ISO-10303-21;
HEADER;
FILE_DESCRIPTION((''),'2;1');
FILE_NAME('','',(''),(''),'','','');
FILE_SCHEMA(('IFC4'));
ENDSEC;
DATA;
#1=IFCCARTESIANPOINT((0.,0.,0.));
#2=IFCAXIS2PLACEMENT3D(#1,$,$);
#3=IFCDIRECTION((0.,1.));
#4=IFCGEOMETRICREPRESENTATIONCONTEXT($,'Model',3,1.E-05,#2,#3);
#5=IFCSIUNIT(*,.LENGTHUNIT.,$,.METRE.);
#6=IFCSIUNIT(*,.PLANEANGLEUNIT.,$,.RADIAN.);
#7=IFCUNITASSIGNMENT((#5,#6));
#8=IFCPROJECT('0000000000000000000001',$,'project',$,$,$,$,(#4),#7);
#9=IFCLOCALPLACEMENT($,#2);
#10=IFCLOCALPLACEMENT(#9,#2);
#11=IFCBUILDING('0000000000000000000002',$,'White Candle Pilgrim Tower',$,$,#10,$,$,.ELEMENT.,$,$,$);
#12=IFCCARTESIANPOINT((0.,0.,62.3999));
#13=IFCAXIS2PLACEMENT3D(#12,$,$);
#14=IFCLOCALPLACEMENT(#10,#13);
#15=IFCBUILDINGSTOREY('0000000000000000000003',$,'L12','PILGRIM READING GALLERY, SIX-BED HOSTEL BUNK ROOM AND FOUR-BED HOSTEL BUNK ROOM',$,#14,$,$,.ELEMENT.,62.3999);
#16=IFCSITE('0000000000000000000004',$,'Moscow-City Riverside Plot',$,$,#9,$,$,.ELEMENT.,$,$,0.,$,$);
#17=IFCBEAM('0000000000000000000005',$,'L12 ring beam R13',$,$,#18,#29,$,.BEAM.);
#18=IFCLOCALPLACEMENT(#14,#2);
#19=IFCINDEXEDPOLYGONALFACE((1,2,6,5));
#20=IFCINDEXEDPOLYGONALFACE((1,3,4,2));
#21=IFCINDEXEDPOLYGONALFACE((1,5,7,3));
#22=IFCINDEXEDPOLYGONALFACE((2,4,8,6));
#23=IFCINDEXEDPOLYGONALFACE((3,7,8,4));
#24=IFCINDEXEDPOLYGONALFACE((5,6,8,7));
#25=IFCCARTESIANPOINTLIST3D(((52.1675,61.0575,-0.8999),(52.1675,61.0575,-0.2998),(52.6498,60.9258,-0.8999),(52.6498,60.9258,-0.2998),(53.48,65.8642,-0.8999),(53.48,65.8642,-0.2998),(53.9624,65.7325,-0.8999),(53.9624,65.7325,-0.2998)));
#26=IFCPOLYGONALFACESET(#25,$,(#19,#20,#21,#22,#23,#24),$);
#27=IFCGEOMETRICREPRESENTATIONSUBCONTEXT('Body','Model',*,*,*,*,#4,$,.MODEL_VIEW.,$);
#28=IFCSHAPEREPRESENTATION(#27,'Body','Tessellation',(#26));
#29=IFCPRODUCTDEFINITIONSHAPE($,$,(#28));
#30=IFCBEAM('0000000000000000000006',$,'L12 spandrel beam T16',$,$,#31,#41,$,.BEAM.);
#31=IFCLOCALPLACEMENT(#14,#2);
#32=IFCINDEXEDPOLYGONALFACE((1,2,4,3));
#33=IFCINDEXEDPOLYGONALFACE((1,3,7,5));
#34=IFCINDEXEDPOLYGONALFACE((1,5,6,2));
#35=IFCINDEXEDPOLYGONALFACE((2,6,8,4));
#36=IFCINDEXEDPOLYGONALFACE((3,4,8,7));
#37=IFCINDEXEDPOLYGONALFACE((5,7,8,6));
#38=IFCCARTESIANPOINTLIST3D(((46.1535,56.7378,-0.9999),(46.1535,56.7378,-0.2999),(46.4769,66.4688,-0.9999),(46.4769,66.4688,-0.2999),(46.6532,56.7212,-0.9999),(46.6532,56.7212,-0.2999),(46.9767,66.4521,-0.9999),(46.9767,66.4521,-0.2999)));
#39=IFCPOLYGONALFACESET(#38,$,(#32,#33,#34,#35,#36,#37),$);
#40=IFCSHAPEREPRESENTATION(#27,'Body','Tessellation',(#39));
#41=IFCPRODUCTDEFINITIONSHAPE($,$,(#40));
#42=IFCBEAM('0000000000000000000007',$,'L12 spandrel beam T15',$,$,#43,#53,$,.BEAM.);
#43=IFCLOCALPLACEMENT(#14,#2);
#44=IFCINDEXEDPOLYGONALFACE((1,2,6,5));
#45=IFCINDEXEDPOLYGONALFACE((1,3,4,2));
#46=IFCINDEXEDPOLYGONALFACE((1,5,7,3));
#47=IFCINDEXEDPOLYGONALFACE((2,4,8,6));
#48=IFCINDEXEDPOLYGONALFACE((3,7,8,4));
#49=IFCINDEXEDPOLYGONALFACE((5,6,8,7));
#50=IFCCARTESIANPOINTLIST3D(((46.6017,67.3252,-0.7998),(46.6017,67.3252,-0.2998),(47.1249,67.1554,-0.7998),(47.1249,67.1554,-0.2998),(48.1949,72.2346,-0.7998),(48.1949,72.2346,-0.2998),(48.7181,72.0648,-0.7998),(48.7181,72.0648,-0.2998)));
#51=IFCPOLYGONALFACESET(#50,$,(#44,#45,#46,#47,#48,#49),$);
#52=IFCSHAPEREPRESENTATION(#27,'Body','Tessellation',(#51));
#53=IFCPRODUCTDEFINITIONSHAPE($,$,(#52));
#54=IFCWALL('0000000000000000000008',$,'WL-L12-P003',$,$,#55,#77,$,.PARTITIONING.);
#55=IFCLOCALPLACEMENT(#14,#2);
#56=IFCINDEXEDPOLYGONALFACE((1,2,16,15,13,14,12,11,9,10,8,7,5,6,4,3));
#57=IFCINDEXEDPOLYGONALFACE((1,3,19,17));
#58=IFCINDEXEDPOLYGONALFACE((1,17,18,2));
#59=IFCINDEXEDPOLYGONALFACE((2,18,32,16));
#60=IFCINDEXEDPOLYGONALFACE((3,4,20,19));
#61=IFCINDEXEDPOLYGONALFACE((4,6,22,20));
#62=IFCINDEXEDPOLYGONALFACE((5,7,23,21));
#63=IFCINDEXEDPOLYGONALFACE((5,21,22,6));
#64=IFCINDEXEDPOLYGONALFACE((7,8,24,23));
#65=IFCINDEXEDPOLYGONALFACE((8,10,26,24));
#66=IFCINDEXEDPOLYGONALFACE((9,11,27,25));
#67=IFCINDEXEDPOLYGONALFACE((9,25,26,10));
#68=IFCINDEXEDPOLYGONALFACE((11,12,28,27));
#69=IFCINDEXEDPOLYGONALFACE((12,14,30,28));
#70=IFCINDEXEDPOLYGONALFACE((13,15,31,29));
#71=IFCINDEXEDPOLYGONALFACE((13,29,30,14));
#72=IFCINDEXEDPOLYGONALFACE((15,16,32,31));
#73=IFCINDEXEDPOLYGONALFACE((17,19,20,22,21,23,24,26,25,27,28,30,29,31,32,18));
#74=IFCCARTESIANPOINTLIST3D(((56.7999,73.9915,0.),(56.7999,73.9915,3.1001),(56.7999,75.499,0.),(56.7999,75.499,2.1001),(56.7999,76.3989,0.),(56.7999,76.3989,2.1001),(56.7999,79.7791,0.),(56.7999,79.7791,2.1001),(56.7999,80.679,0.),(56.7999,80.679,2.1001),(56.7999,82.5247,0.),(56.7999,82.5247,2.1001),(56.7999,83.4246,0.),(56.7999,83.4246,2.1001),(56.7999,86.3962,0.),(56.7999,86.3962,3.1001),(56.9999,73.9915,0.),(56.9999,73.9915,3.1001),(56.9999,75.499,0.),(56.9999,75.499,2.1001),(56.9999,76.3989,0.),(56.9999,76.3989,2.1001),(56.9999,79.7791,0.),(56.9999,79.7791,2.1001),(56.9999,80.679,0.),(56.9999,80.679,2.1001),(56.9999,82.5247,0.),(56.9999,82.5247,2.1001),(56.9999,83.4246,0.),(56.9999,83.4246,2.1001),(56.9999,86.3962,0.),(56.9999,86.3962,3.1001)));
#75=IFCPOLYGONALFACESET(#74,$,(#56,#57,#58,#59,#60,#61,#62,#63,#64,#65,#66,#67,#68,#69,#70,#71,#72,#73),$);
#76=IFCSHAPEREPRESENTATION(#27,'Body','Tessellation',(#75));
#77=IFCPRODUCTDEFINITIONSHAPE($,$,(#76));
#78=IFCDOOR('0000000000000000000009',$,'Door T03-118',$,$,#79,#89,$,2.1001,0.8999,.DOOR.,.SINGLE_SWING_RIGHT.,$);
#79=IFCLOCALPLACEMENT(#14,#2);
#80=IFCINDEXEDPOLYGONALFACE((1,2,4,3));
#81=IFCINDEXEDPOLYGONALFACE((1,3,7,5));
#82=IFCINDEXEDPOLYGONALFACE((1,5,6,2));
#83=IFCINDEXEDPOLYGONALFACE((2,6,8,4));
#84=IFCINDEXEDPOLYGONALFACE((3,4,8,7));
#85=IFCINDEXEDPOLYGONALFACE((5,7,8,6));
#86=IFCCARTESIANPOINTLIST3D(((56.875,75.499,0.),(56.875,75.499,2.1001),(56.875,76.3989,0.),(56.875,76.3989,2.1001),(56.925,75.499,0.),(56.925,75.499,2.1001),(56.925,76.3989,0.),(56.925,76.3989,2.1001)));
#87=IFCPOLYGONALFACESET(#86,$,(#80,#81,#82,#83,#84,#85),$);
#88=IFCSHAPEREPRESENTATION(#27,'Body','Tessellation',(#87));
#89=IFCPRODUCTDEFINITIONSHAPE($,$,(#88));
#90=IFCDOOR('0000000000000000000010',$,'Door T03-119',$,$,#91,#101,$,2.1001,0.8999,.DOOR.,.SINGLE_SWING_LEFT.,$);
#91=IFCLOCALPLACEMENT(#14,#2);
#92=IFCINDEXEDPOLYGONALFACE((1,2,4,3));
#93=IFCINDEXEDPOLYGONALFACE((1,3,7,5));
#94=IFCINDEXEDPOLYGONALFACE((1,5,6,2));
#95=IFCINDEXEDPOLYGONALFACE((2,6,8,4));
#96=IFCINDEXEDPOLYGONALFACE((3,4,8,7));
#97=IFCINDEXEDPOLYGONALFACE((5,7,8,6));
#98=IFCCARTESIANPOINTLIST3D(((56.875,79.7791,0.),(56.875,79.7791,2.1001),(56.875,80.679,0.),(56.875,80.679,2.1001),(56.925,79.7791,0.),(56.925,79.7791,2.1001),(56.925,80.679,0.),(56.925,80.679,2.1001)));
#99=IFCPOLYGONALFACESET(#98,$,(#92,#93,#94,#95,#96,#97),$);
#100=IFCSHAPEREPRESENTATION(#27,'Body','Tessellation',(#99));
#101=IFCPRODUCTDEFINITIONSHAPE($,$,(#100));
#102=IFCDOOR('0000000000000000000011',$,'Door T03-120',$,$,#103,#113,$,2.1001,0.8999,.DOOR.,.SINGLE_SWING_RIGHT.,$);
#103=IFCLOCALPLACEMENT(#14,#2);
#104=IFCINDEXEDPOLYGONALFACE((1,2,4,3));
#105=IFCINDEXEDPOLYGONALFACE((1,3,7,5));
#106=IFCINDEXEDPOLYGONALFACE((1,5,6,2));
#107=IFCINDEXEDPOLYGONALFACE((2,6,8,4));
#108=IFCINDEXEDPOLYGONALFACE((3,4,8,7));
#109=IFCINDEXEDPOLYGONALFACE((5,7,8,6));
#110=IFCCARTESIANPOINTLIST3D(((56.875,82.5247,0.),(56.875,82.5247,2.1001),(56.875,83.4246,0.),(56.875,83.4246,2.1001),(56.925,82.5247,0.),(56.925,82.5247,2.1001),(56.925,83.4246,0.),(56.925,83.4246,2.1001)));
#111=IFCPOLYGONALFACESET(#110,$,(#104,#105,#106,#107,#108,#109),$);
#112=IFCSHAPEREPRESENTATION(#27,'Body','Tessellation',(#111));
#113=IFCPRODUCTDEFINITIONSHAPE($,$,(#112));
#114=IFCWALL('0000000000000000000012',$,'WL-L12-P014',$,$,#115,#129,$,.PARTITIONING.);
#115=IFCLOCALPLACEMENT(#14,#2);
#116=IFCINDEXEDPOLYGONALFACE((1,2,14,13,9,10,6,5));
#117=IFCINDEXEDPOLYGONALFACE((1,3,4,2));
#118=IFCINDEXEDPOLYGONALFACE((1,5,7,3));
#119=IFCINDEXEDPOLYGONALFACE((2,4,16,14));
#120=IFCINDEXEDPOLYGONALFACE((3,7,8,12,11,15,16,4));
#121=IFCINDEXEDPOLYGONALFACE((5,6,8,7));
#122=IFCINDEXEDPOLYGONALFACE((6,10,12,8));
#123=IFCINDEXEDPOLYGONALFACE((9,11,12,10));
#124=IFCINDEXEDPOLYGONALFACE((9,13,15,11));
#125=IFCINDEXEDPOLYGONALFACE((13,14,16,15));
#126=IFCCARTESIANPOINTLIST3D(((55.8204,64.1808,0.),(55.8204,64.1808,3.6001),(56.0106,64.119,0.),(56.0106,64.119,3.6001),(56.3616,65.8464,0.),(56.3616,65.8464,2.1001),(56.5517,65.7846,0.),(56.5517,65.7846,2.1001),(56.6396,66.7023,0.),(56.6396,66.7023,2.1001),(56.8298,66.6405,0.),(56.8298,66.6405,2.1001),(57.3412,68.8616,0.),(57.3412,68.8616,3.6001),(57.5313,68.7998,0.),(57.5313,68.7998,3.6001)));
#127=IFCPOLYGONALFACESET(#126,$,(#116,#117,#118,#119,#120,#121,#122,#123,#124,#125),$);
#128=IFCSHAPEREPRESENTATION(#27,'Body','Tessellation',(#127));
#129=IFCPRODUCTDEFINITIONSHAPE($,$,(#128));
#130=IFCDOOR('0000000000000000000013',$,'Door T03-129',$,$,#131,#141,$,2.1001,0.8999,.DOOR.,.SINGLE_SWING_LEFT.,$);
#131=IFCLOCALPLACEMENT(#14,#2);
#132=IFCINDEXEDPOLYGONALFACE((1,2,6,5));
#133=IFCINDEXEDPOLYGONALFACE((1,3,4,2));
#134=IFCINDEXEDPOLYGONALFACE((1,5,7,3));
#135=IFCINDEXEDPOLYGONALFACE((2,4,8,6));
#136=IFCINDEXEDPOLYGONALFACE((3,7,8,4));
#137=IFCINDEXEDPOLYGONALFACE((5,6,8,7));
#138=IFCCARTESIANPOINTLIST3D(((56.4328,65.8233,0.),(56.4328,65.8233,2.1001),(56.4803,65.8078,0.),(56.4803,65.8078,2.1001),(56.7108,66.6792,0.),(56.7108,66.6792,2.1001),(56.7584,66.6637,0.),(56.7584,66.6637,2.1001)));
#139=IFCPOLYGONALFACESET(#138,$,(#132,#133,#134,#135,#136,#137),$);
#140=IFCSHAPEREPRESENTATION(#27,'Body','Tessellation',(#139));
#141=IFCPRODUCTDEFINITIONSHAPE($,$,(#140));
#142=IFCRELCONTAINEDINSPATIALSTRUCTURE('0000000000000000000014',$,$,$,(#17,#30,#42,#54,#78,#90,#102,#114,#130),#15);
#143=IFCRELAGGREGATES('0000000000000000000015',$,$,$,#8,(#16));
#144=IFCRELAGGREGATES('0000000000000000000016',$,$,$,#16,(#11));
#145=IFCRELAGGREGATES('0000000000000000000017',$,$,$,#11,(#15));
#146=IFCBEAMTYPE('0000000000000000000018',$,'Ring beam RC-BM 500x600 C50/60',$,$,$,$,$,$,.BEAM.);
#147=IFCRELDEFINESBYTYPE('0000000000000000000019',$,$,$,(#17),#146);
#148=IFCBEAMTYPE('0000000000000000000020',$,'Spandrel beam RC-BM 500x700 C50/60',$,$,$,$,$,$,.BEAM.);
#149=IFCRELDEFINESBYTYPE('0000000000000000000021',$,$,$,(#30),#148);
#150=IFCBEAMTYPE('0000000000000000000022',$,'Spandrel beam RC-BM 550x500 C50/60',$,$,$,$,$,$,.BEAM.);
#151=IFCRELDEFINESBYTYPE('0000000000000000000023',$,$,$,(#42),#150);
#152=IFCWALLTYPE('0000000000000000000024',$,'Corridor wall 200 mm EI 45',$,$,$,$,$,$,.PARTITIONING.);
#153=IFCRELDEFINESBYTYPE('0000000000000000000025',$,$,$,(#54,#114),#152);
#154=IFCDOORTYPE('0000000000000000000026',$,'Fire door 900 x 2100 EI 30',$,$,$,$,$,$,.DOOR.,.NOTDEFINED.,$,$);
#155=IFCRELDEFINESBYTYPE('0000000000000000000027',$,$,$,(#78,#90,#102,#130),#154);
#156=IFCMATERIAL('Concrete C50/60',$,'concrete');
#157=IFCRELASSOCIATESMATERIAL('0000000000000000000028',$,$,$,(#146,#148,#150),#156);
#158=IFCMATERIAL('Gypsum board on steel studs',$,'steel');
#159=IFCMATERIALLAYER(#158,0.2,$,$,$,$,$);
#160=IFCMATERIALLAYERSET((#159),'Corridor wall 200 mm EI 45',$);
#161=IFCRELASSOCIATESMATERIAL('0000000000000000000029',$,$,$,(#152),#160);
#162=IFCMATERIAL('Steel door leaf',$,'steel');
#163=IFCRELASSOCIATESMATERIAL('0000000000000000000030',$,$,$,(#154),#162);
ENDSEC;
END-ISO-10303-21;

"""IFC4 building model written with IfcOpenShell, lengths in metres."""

from ifc_helpers import new_model, si_unit, direction, frame, frame_2d, origin, origin_2d, place, context, subcontext, project, spatial, rectangle, extrude, material, layer, layer_set, material_profile, profile_set, type_object, element, fill, save


model = new_model("IFC4")

# Units and contexts
model_context = context("Model", 3, precision=1e-05, world=origin(), true_north=direction((0.0, 1.0)))
body_context = subcontext(model_context, "Body", "Model", "MODEL_VIEW")
ifc_project = project(units=[si_unit("LENGTHUNIT", "METRE"), si_unit("PLANEANGLEUNIT", "RADIAN")], contexts=[model_context])

# Site, building, storey
site_placement = place(None, origin())
site = spatial("IfcSite", under=ifc_project, at=site_placement, Name="Moscow-City Riverside Plot", CompositionType="ELEMENT", RefElevation=0.0)
building_placement = place(site_placement, origin())
building = spatial("IfcBuilding", under=site, at=building_placement, Name="White Candle Pilgrim Tower", CompositionType="ELEMENT")
storey_placement = place(building_placement, frame((0.0, 0.0, 62.3999)))
storey = spatial("IfcBuildingStorey", under=building, at=storey_placement, Name="L12", Description="PILGRIM READING GALLERY, SIX-BED HOSTEL BUNK ROOM AND FOUR-BED HOSTEL BUNK ROOM", CompositionType="ELEMENT", Elevation=62.3999)

# Beams
ifc_material_1 = material(Name="Concrete C50/60", Category="concrete")
ifc_material_profile_1 = material_profile(ifc_material_1, rectangle(XDim=0.5, YDim=0.6001, at=origin_2d()), Name="RC-BM 500x600")
ifc_profile_set_1 = profile_set([ifc_material_profile_1], Name="Concrete C50/60")
beam_type_1 = type_object("IfcBeamType", Name="Ring beam RC-BM 500x600 C50/60", PredefinedType="BEAM", material=ifc_profile_set_1)
beam_1_placement = place(storey_placement, frame((53.7212, 65.7983, -0.5999), z_axis=(-0.263416, -0.964682, 0.0), x_axis=(0.964682, -0.263416, 0.0)))
element("IfcBeam", 1, at=beam_1_placement, inside=storey, type_object=beam_type_1, Name="L12 ring beam R13", PredefinedType="BEAM", context=body_context, shape_type="SweptSolid", body=[
    extrude(rectangle(XDim=0.5, YDim=0.6001, at=origin_2d()), origin(), (0.0, 0.0, 1.0), 4.9827),
])
ifc_material_profile_2 = material_profile(ifc_material_1, rectangle(XDim=0.5, YDim=0.7, at=origin_2d()), Name="RC-BM 500x700")
ifc_profile_set_2 = profile_set([ifc_material_profile_2], Name="Concrete C50/60")
beam_type_2 = type_object("IfcBeamType", Name="Spandrel beam RC-BM 500x700 C50/60", PredefinedType="BEAM", material=ifc_profile_set_2)
beam_2_placement = place(storey_placement, frame((46.7268, 66.4604, -0.6499), z_axis=(-0.033225, -0.999448, 0.0), x_axis=(0.999448, -0.033225, 0.0)))
element("IfcBeam", 2, at=beam_2_placement, inside=storey, type_object=beam_type_2, Name="L12 spandrel beam T16", PredefinedType="BEAM", context=body_context, shape_type="SweptSolid", body=[
    extrude(rectangle(XDim=0.5, YDim=0.7, at=origin_2d()), origin(), (0.0, 0.0, 1.0), 9.7363),
])
ifc_material_profile_3 = material_profile(ifc_material_1, rectangle(XDim=0.55, YDim=0.5, at=origin_2d()), Name="RC-BM 550x500")
ifc_profile_set_3 = profile_set([ifc_material_profile_3], Name="Concrete C50/60")
beam_type_3 = type_object("IfcBeamType", Name="Spandrel beam RC-BM 550x500 C50/60", PredefinedType="BEAM", material=ifc_profile_set_3)
beam_3_placement = place(storey_placement, frame((48.4565, 72.1497, -0.5498), z_axis=(-0.308683, -0.951165, 0.0), x_axis=(0.951165, -0.308683, 0.0)))
element("IfcBeam", 3, at=beam_3_placement, inside=storey, type_object=beam_type_3, Name="L12 spandrel beam T15", PredefinedType="BEAM", context=body_context, shape_type="SweptSolid", body=[
    extrude(rectangle(XDim=0.55, YDim=0.5, at=origin_2d()), origin(), (0.0, 0.0, 1.0), 5.1614),
])

# Wall, openings, doors
ifc_material_2 = material(Name="Gypsum board on steel studs", Category="steel")
ifc_layer_1 = layer(ifc_material_2, 0.2)
ifc_layer_set_1 = layer_set([ifc_layer_1], Name="Corridor wall 200 mm EI 45")
wall_type_1 = type_object("IfcWallType", Name="Corridor wall 200 mm EI 45", PredefinedType="PARTITIONING", material=ifc_layer_set_1)
wall_1_placement = place(storey_placement, frame((56.8999, 73.9915, 0.0), z_axis=(0.0, 0.0, 1.0), x_axis=(0.0, 1.0, 0.0)))
wall_1 = element("IfcWall", 4, at=wall_1_placement, inside=storey, type_object=wall_type_1, Name="WL-L12-P003", PredefinedType="PARTITIONING", context=body_context, shape_type="SweptSolid", body=[
    extrude(rectangle(XDim=12.4048, YDim=0.2, at=frame_2d((6.2024, 0.0))), origin(), (0.0, 0.0, 1.0), 3.1001),
])
opening_1_placement = place(wall_1_placement, frame((1.5076, 0.0, 0.0)))
opening_1 = element("IfcOpeningElement", 5, at=opening_1_placement, cuts=wall_1, PredefinedType="OPENING", context=body_context, shape_type="SweptSolid", body=[
    extrude(rectangle(XDim=0.8999, YDim=2.1001, at=frame_2d((0.45, 1.05))), frame((0.0, 0.1099, 0.0), z_axis=(0.0, -1.0, 0.0), x_axis=(1.0, 0.0, 0.0)), (0.0, 0.0, 1.0), 0.22),
])
opening_2_placement = place(wall_1_placement, frame((5.7876, 0.0, 0.0)))
opening_2 = element("IfcOpeningElement", 6, at=opening_2_placement, cuts=wall_1, PredefinedType="OPENING", context=body_context, shape_type="SweptSolid", body=[
    extrude(rectangle(XDim=0.8999, YDim=2.1001, at=frame_2d((0.45, 1.05))), frame((0.0, 0.1099, 0.0), z_axis=(0.0, -1.0, 0.0), x_axis=(1.0, 0.0, 0.0)), (0.0, 0.0, 1.0), 0.22),
])
opening_3_placement = place(wall_1_placement, frame((8.5332, 0.0, 0.0)))
opening_3 = element("IfcOpeningElement", 7, at=opening_3_placement, cuts=wall_1, PredefinedType="OPENING", context=body_context, shape_type="SweptSolid", body=[
    extrude(rectangle(XDim=0.8999, YDim=2.1001, at=frame_2d((0.45, 1.05))), frame((0.0, 0.1099, 0.0), z_axis=(0.0, -1.0, 0.0), x_axis=(1.0, 0.0, 0.0)), (0.0, 0.0, 1.0), 0.22),
])
ifc_material_3 = material(Name="Steel door leaf", Category="steel")
door_type_1 = type_object("IfcDoorType", Name="Fire door 900 x 2100 EI 30", OperationType="NOTDEFINED", PredefinedType="DOOR", material=ifc_material_3)
door_1_placement = place(opening_1_placement, origin())
door_1 = element("IfcDoor", 8, at=door_1_placement, inside=storey, type_object=door_type_1, Name="Door T03-118", OperationType="SINGLE_SWING_RIGHT", OverallHeight=2.1001, OverallWidth=0.8999, PredefinedType="DOOR", context=body_context, shape_type="SweptSolid", body=[
    extrude(rectangle(XDim=0.8999, YDim=2.1001, at=frame_2d((0.45, 1.05))), frame((0.0, 0.0249, 0.0), z_axis=(0.0, -1.0, 0.0), x_axis=(1.0, 0.0, 0.0)), (0.0, 0.0, 1.0), 0.05),
])
fill(opening_1, door_1)
door_2_placement = place(opening_2_placement, origin())
door_2 = element("IfcDoor", 9, at=door_2_placement, inside=storey, type_object=door_type_1, Name="Door T03-119", OperationType="SINGLE_SWING_LEFT", OverallHeight=2.1001, OverallWidth=0.8999, PredefinedType="DOOR", context=body_context, shape_type="SweptSolid", body=[
    extrude(rectangle(XDim=0.8999, YDim=2.1001, at=frame_2d((0.45, 1.05))), frame((0.0, 0.0249, 0.0), z_axis=(0.0, -1.0, 0.0), x_axis=(1.0, 0.0, 0.0)), (0.0, 0.0, 1.0), 0.05),
])
fill(opening_2, door_2)
door_3_placement = place(opening_3_placement, origin())
door_3 = element("IfcDoor", 10, at=door_3_placement, inside=storey, type_object=door_type_1, Name="Door T03-120", OperationType="SINGLE_SWING_RIGHT", OverallHeight=2.1001, OverallWidth=0.8999, PredefinedType="DOOR", context=body_context, shape_type="SweptSolid", body=[
    extrude(rectangle(XDim=0.8999, YDim=2.1001, at=frame_2d((0.45, 1.05))), frame((0.0, 0.0249, 0.0), z_axis=(0.0, -1.0, 0.0), x_axis=(1.0, 0.0, 0.0)), (0.0, 0.0, 1.0), 0.05),
])
fill(opening_3, door_3)

# Wall, opening, door
wall_2_placement = place(storey_placement, frame((57.4363, 68.8308, 0.0), z_axis=(0.0, 0.0, 1.0), x_axis=(-0.308986, -0.951067, 0.0)))
wall_2 = element("IfcWall", 11, at=wall_2_placement, inside=storey, type_object=wall_type_1, Name="WL-L12-P014", PredefinedType="PARTITIONING", context=body_context, shape_type="SweptSolid", body=[
    extrude(rectangle(XDim=4.9216, YDim=0.2, at=frame_2d((2.4609, 0.0))), origin(), (0.0, 0.0, 1.0), 3.6001),
])
opening_4_placement = place(wall_2_placement, frame((2.2705, 0.0, 0.0)))
opening_4 = element("IfcOpeningElement", 12, at=opening_4_placement, cuts=wall_2, PredefinedType="OPENING", context=body_context, shape_type="SweptSolid", body=[
    extrude(rectangle(XDim=0.8999, YDim=2.1001, at=frame_2d((0.45, 1.05))), frame((0.0, 0.1099, 0.0), z_axis=(0.0, -1.0, 0.0), x_axis=(1.0, 0.0, 0.0)), (0.0, 0.0, 1.0), 0.22),
])
door_4_placement = place(opening_4_placement, origin())
door_4 = element("IfcDoor", 13, at=door_4_placement, inside=storey, type_object=door_type_1, Name="Door T03-129", OperationType="SINGLE_SWING_LEFT", OverallHeight=2.1001, OverallWidth=0.8999, PredefinedType="DOOR", context=body_context, shape_type="SweptSolid", body=[
    extrude(rectangle(XDim=0.8999, YDim=2.1001, at=frame_2d((0.45, 1.05))), frame((0.0, 0.0249, 0.0), z_axis=(0.0, -1.0, 0.0), x_axis=(1.0, 0.0, 0.0)), (0.0, 0.0, 1.0), 0.05),
])
fill(opening_4, door_4)

save(model, "model.ifc")
